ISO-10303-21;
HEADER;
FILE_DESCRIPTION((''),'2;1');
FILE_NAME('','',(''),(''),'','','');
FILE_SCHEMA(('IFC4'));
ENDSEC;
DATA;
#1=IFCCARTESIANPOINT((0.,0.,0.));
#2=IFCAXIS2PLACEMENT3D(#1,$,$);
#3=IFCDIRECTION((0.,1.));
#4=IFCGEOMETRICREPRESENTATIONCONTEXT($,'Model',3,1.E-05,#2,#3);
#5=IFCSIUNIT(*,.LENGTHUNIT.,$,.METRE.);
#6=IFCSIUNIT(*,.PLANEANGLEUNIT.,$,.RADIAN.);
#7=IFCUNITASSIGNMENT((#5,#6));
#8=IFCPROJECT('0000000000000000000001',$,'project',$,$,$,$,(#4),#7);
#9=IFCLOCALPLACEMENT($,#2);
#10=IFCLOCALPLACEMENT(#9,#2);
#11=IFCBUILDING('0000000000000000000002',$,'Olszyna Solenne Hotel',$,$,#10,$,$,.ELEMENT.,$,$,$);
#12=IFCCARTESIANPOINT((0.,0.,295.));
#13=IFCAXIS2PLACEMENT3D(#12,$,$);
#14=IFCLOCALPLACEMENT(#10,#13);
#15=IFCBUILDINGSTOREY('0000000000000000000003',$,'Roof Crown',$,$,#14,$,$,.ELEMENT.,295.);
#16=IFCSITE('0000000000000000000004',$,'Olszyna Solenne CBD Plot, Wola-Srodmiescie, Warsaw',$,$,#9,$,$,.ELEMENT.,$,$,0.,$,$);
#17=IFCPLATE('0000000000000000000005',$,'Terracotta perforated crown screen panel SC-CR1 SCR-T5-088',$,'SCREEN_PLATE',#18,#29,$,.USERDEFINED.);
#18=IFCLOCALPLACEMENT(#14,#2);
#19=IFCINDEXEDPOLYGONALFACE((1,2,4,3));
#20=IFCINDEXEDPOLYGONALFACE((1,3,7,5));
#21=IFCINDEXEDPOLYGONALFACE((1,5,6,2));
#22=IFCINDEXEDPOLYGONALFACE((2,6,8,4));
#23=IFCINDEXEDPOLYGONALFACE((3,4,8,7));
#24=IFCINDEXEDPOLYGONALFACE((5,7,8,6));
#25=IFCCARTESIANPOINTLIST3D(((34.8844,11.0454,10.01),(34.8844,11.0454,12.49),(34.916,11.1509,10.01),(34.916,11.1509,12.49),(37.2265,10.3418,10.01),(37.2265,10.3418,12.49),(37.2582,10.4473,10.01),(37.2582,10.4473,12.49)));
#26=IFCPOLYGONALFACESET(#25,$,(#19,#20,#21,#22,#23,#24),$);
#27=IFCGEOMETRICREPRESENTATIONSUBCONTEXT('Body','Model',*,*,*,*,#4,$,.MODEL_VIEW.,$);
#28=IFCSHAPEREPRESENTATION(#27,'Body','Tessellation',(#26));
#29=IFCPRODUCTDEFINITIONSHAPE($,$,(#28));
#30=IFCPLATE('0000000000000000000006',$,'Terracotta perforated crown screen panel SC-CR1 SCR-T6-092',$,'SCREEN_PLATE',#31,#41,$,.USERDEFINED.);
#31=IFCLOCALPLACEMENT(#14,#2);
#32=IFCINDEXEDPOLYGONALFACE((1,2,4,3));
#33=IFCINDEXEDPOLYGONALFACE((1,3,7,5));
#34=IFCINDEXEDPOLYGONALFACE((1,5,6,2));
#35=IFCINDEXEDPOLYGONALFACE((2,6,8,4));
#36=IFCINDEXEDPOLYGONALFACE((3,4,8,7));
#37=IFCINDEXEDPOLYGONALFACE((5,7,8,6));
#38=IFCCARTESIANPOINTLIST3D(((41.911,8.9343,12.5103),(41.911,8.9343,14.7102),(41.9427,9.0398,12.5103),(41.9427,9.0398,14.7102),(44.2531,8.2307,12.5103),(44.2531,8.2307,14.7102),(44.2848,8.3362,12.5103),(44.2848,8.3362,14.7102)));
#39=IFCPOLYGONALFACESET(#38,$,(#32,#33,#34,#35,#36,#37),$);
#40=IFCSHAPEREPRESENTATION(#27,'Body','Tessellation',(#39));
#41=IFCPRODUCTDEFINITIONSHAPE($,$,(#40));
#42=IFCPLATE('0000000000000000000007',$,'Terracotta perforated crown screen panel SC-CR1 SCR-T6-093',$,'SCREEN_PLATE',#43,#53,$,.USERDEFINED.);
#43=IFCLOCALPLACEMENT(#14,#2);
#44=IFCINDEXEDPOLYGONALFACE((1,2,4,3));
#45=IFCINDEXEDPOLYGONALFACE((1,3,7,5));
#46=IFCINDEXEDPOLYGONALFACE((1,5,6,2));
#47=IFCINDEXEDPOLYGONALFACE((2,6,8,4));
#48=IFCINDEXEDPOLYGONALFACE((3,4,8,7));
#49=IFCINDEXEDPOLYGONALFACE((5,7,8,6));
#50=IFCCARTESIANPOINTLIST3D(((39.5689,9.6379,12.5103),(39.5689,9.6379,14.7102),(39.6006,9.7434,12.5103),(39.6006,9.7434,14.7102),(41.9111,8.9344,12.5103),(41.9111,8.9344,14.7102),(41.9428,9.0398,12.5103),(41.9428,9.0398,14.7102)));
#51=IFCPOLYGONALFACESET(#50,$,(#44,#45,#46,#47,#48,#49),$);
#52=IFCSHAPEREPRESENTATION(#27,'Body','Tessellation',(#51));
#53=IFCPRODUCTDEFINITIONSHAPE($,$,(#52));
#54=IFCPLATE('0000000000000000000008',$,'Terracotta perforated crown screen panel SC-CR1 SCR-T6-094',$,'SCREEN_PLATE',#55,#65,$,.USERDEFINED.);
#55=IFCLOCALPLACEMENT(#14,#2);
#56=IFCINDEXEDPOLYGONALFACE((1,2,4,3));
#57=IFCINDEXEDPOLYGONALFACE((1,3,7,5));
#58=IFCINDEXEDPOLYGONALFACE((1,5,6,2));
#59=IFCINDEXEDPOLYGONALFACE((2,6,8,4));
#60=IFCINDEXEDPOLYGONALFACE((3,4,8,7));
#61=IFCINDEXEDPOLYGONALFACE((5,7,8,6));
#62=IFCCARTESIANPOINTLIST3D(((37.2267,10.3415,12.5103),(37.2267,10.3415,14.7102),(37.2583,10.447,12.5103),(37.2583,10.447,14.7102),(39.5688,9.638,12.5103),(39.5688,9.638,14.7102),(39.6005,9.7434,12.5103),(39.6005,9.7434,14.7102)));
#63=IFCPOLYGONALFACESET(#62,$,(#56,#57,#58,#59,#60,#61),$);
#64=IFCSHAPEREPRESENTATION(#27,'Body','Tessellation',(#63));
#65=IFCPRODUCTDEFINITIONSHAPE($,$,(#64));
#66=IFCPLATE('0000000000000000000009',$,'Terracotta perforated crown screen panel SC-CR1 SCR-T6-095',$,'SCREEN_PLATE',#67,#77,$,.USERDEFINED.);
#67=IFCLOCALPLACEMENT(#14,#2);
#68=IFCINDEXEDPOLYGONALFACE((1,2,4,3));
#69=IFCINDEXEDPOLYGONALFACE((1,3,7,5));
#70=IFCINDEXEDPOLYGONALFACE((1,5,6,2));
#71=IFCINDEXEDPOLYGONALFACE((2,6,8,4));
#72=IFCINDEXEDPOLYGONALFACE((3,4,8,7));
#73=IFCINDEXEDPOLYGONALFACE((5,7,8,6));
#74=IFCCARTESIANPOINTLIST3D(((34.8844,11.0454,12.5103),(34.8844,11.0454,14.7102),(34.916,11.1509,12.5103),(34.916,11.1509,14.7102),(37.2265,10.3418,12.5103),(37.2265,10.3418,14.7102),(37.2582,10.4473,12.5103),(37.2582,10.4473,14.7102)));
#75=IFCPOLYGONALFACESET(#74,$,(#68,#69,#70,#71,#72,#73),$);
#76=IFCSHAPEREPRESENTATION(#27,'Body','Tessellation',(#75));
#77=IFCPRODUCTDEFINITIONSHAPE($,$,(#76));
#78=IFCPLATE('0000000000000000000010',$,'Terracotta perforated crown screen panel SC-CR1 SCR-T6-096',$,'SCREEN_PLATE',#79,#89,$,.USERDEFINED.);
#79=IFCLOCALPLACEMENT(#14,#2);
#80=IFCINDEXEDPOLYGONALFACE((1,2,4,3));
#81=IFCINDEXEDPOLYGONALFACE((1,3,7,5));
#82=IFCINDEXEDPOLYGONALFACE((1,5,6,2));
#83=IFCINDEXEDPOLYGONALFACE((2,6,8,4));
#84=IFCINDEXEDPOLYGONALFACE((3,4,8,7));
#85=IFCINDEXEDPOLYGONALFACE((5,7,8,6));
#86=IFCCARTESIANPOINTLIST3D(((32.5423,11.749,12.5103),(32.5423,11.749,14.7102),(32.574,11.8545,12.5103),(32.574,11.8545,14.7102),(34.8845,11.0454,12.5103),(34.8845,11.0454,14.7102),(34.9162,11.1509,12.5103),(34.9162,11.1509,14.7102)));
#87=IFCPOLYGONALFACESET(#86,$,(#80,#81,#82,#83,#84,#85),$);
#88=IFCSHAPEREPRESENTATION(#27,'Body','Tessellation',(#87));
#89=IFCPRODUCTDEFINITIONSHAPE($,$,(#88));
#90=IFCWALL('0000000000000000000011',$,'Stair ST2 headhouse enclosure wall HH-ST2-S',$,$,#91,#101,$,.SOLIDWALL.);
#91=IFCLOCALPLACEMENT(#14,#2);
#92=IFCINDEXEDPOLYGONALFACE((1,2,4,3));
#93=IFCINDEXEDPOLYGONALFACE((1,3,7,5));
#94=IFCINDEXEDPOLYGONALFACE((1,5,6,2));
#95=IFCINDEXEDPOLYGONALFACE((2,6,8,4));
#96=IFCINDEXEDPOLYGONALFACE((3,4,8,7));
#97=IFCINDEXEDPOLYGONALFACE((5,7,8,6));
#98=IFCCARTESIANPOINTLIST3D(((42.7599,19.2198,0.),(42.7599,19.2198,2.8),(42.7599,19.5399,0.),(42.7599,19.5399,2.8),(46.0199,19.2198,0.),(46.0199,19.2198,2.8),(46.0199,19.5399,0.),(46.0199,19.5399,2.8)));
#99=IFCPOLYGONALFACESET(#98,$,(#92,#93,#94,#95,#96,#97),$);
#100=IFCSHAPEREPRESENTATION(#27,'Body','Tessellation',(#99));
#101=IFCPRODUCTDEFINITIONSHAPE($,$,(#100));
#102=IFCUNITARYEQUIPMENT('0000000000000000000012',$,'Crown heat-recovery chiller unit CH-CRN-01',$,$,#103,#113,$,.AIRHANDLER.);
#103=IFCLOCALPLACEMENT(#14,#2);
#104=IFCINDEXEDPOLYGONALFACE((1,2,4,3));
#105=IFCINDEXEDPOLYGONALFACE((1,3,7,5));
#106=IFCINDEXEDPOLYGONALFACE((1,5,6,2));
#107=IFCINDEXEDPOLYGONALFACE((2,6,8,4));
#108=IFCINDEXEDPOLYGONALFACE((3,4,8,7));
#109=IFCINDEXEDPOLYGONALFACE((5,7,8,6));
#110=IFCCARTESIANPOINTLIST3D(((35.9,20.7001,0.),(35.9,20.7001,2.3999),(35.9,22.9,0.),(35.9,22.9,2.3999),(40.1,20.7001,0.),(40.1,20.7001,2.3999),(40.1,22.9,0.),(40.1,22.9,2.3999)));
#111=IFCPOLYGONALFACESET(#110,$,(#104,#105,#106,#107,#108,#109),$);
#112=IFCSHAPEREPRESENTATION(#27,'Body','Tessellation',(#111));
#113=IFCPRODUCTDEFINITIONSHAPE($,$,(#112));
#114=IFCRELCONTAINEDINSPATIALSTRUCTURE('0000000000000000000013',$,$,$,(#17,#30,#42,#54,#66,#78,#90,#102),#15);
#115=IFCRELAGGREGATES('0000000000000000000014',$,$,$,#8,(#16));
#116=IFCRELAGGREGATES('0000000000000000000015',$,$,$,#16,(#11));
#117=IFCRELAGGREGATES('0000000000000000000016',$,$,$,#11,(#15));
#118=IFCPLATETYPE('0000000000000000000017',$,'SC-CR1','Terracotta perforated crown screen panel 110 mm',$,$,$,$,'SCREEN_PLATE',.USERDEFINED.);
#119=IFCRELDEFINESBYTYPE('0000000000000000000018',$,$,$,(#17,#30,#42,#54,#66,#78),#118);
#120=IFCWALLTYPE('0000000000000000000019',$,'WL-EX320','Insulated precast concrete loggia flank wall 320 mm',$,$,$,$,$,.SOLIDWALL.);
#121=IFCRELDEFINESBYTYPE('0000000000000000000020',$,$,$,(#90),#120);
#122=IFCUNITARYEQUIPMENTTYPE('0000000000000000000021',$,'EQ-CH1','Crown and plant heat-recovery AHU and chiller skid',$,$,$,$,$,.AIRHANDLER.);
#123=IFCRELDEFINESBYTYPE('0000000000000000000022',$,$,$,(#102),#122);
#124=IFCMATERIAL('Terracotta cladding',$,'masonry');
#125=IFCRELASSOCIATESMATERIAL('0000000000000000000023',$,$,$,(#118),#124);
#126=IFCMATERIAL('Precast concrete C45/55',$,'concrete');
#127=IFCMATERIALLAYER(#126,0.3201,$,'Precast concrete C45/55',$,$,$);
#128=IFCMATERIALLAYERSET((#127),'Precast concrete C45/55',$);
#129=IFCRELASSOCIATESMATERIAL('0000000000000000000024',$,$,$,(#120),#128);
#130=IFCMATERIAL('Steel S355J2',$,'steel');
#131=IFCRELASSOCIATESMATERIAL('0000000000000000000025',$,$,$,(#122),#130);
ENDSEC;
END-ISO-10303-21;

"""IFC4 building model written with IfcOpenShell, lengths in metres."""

from ifc_helpers import new_model, si_unit, direction, frame, frame_2d, origin, origin_2d, place, context, subcontext, project, spatial, rectangle, extrude, source, transform, mapped, material, layer, layer_set, type_object, element, save


model = new_model("IFC4")

# Units and contexts
model_context = context("Model", 3, precision=1e-05, world=origin(), true_north=direction((0.0, 1.0)))
body_context = subcontext(model_context, "Body", "Model", "MODEL_VIEW")
ifc_project = project(units=[si_unit("LENGTHUNIT", "METRE"), si_unit("PLANEANGLEUNIT", "RADIAN")], contexts=[model_context])

# Site, building, storey
site_placement = place(None, origin())
site = spatial("IfcSite", under=ifc_project, at=site_placement, Name="Olszyna Solenne CBD Plot, Wola-Srodmiescie, Warsaw", CompositionType="ELEMENT", RefElevation=0.0)
building_placement = place(site_placement, origin())
building = spatial("IfcBuilding", under=site, at=building_placement, Name="Olszyna Solenne Hotel", CompositionType="ELEMENT")
storey_placement = place(building_placement, frame((0.0, 0.0, 295.0)))
storey = spatial("IfcBuildingStorey", under=building, at=storey_placement, Name="Roof Crown", CompositionType="ELEMENT", Elevation=295.0)

# Plates
ifc_material_1 = material(Name="Terracotta cladding", Category="masonry")
plate_type = type_object("IfcPlateType", Name="SC-CR1", Description="Terracotta perforated crown screen panel 110 mm", ElementType="SCREEN_PLATE", PredefinedType="USERDEFINED", material=ifc_material_1)
shared_shape_1 = source(origin(), body_context, "Body", "SweptSolid", [
    extrude(rectangle(XDim=2.4456, YDim=0.1101, at=origin_2d()), origin(), (0.0, 0.0, 1.0), 2.48),
])
for number, where, z_axis, x_axis, name in (
    (1, (36.0713, 10.7463, 10.01), (0.0, 0.0, 1.0), (-0.957722, 0.287695, 0.0), "Terracotta perforated crown screen panel SC-CR1 SCR-T5-088"),
):
    element("IfcPlate", number, at=place(storey_placement, frame(where, z_axis=z_axis, x_axis=x_axis)), inside=storey, type_object=plate_type, Name=name, ObjectType="SCREEN_PLATE", PredefinedType="USERDEFINED", context=body_context, shape_type="MappedRepresentation", body=[
        mapped(shared_shape_1, transform((0.0, 0.0, 0.0), x_axis=(1.0, 0.0, 0.0), y_axis=(0.0, 1.0, 0.0), z_axis=(0.0, 0.0, 1.0), scale=1.0)),
    ])
shared_shape_2 = source(origin(), body_context, "Body", "SweptSolid", [
    extrude(rectangle(XDim=2.4456, YDim=0.1101, at=origin_2d()), origin(), (0.0, 0.0, 1.0), 2.2),
])
for number, where, z_axis, x_axis, name in (
    (2, (43.0979, 8.6353, 12.5103), (0.0, 0.0, 1.0), (-0.957722, 0.287695, 0.0), "Terracotta perforated crown screen panel SC-CR1 SCR-T6-092"),
    (3, (40.7559, 9.3389, 12.5103), (0.0, 0.0, 1.0), (-0.957722, 0.287695, 0.0), "Terracotta perforated crown screen panel SC-CR1 SCR-T6-093"),
    (4, (38.4136, 10.0425, 12.5103), (0.0, 0.0, 1.0), (-0.957722, 0.287695, 0.0), "Terracotta perforated crown screen panel SC-CR1 SCR-T6-094"),
    (5, (36.0713, 10.7463, 12.5103), (0.0, 0.0, 1.0), (-0.957722, 0.287695, 0.0), "Terracotta perforated crown screen panel SC-CR1 SCR-T6-095"),
    (6, (33.7292, 11.45, 12.5103), (0.0, 0.0, 1.0), (-0.957722, 0.287695, 0.0), "Terracotta perforated crown screen panel SC-CR1 SCR-T6-096"),
):
    element("IfcPlate", number, at=place(storey_placement, frame(where, z_axis=z_axis, x_axis=x_axis)), inside=storey, type_object=plate_type, Name=name, ObjectType="SCREEN_PLATE", PredefinedType="USERDEFINED", context=body_context, shape_type="MappedRepresentation", body=[
        mapped(shared_shape_2, transform((0.0, 0.0, 0.0), x_axis=(1.0, 0.0, 0.0), y_axis=(0.0, 1.0, 0.0), z_axis=(0.0, 0.0, 1.0), scale=1.0)),
    ])

# Wall
ifc_material_2 = material(Name="Precast concrete C45/55", Category="concrete")
ifc_layer = layer(ifc_material_2, 0.3201, Name="Precast concrete C45/55")
ifc_layer_set = layer_set([ifc_layer], Name="Precast concrete C45/55")
wall_type = type_object("IfcWallType", Name="WL-EX320", Description="Insulated precast concrete loggia flank wall 320 mm", PredefinedType="SOLIDWALL", material=ifc_layer_set)
wall_placement = place(storey_placement, frame((42.76, 19.3799, 0.0), z_axis=(0.0, 0.0, 1.0), x_axis=(1.0, 0.0, 0.0)))
element("IfcWall", 7, at=wall_placement, inside=storey, type_object=wall_type, Name="Stair ST2 headhouse enclosure wall HH-ST2-S", PredefinedType="SOLIDWALL", context=body_context, shape_type="SweptSolid", body=[
    extrude(rectangle(XDim=3.26, YDim=0.3201, at=frame_2d((1.6299, 0.0))), origin(), (0.0, 0.0, 1.0), 2.8),
])

# Unitary equipment
ifc_material_3 = material(Name="Steel S355J2", Category="steel")
unitary_equipment_type = type_object("IfcUnitaryEquipmentType", Name="EQ-CH1", Description="Crown and plant heat-recovery AHU and chiller skid", PredefinedType="AIRHANDLER", material=ifc_material_3)
shared_shape_3 = source(origin(), body_context, "Body", "SweptSolid", [
    extrude(rectangle(XDim=4.2, YDim=2.2, at=origin_2d()), origin(), (0.0, 0.0, 1.0), 2.3999),
])
unitary_equipment_placement = place(storey_placement, frame((38.0, 21.8, 0.0), z_axis=(0.0, 0.0, 1.0), x_axis=(1.0, 0.0, 0.0)))
element("IfcUnitaryEquipment", 8, at=unitary_equipment_placement, inside=storey, type_object=unitary_equipment_type, Name="Crown heat-recovery chiller unit CH-CRN-01", PredefinedType="AIRHANDLER", context=body_context, shape_type="MappedRepresentation", body=[
    mapped(shared_shape_3, transform((0.0, 0.0, 0.0), x_axis=(1.0, 0.0, 0.0), y_axis=(0.0, 1.0, 0.0), z_axis=(0.0, 0.0, 1.0), scale=1.0)),
])

save(model, "model.ifc")
